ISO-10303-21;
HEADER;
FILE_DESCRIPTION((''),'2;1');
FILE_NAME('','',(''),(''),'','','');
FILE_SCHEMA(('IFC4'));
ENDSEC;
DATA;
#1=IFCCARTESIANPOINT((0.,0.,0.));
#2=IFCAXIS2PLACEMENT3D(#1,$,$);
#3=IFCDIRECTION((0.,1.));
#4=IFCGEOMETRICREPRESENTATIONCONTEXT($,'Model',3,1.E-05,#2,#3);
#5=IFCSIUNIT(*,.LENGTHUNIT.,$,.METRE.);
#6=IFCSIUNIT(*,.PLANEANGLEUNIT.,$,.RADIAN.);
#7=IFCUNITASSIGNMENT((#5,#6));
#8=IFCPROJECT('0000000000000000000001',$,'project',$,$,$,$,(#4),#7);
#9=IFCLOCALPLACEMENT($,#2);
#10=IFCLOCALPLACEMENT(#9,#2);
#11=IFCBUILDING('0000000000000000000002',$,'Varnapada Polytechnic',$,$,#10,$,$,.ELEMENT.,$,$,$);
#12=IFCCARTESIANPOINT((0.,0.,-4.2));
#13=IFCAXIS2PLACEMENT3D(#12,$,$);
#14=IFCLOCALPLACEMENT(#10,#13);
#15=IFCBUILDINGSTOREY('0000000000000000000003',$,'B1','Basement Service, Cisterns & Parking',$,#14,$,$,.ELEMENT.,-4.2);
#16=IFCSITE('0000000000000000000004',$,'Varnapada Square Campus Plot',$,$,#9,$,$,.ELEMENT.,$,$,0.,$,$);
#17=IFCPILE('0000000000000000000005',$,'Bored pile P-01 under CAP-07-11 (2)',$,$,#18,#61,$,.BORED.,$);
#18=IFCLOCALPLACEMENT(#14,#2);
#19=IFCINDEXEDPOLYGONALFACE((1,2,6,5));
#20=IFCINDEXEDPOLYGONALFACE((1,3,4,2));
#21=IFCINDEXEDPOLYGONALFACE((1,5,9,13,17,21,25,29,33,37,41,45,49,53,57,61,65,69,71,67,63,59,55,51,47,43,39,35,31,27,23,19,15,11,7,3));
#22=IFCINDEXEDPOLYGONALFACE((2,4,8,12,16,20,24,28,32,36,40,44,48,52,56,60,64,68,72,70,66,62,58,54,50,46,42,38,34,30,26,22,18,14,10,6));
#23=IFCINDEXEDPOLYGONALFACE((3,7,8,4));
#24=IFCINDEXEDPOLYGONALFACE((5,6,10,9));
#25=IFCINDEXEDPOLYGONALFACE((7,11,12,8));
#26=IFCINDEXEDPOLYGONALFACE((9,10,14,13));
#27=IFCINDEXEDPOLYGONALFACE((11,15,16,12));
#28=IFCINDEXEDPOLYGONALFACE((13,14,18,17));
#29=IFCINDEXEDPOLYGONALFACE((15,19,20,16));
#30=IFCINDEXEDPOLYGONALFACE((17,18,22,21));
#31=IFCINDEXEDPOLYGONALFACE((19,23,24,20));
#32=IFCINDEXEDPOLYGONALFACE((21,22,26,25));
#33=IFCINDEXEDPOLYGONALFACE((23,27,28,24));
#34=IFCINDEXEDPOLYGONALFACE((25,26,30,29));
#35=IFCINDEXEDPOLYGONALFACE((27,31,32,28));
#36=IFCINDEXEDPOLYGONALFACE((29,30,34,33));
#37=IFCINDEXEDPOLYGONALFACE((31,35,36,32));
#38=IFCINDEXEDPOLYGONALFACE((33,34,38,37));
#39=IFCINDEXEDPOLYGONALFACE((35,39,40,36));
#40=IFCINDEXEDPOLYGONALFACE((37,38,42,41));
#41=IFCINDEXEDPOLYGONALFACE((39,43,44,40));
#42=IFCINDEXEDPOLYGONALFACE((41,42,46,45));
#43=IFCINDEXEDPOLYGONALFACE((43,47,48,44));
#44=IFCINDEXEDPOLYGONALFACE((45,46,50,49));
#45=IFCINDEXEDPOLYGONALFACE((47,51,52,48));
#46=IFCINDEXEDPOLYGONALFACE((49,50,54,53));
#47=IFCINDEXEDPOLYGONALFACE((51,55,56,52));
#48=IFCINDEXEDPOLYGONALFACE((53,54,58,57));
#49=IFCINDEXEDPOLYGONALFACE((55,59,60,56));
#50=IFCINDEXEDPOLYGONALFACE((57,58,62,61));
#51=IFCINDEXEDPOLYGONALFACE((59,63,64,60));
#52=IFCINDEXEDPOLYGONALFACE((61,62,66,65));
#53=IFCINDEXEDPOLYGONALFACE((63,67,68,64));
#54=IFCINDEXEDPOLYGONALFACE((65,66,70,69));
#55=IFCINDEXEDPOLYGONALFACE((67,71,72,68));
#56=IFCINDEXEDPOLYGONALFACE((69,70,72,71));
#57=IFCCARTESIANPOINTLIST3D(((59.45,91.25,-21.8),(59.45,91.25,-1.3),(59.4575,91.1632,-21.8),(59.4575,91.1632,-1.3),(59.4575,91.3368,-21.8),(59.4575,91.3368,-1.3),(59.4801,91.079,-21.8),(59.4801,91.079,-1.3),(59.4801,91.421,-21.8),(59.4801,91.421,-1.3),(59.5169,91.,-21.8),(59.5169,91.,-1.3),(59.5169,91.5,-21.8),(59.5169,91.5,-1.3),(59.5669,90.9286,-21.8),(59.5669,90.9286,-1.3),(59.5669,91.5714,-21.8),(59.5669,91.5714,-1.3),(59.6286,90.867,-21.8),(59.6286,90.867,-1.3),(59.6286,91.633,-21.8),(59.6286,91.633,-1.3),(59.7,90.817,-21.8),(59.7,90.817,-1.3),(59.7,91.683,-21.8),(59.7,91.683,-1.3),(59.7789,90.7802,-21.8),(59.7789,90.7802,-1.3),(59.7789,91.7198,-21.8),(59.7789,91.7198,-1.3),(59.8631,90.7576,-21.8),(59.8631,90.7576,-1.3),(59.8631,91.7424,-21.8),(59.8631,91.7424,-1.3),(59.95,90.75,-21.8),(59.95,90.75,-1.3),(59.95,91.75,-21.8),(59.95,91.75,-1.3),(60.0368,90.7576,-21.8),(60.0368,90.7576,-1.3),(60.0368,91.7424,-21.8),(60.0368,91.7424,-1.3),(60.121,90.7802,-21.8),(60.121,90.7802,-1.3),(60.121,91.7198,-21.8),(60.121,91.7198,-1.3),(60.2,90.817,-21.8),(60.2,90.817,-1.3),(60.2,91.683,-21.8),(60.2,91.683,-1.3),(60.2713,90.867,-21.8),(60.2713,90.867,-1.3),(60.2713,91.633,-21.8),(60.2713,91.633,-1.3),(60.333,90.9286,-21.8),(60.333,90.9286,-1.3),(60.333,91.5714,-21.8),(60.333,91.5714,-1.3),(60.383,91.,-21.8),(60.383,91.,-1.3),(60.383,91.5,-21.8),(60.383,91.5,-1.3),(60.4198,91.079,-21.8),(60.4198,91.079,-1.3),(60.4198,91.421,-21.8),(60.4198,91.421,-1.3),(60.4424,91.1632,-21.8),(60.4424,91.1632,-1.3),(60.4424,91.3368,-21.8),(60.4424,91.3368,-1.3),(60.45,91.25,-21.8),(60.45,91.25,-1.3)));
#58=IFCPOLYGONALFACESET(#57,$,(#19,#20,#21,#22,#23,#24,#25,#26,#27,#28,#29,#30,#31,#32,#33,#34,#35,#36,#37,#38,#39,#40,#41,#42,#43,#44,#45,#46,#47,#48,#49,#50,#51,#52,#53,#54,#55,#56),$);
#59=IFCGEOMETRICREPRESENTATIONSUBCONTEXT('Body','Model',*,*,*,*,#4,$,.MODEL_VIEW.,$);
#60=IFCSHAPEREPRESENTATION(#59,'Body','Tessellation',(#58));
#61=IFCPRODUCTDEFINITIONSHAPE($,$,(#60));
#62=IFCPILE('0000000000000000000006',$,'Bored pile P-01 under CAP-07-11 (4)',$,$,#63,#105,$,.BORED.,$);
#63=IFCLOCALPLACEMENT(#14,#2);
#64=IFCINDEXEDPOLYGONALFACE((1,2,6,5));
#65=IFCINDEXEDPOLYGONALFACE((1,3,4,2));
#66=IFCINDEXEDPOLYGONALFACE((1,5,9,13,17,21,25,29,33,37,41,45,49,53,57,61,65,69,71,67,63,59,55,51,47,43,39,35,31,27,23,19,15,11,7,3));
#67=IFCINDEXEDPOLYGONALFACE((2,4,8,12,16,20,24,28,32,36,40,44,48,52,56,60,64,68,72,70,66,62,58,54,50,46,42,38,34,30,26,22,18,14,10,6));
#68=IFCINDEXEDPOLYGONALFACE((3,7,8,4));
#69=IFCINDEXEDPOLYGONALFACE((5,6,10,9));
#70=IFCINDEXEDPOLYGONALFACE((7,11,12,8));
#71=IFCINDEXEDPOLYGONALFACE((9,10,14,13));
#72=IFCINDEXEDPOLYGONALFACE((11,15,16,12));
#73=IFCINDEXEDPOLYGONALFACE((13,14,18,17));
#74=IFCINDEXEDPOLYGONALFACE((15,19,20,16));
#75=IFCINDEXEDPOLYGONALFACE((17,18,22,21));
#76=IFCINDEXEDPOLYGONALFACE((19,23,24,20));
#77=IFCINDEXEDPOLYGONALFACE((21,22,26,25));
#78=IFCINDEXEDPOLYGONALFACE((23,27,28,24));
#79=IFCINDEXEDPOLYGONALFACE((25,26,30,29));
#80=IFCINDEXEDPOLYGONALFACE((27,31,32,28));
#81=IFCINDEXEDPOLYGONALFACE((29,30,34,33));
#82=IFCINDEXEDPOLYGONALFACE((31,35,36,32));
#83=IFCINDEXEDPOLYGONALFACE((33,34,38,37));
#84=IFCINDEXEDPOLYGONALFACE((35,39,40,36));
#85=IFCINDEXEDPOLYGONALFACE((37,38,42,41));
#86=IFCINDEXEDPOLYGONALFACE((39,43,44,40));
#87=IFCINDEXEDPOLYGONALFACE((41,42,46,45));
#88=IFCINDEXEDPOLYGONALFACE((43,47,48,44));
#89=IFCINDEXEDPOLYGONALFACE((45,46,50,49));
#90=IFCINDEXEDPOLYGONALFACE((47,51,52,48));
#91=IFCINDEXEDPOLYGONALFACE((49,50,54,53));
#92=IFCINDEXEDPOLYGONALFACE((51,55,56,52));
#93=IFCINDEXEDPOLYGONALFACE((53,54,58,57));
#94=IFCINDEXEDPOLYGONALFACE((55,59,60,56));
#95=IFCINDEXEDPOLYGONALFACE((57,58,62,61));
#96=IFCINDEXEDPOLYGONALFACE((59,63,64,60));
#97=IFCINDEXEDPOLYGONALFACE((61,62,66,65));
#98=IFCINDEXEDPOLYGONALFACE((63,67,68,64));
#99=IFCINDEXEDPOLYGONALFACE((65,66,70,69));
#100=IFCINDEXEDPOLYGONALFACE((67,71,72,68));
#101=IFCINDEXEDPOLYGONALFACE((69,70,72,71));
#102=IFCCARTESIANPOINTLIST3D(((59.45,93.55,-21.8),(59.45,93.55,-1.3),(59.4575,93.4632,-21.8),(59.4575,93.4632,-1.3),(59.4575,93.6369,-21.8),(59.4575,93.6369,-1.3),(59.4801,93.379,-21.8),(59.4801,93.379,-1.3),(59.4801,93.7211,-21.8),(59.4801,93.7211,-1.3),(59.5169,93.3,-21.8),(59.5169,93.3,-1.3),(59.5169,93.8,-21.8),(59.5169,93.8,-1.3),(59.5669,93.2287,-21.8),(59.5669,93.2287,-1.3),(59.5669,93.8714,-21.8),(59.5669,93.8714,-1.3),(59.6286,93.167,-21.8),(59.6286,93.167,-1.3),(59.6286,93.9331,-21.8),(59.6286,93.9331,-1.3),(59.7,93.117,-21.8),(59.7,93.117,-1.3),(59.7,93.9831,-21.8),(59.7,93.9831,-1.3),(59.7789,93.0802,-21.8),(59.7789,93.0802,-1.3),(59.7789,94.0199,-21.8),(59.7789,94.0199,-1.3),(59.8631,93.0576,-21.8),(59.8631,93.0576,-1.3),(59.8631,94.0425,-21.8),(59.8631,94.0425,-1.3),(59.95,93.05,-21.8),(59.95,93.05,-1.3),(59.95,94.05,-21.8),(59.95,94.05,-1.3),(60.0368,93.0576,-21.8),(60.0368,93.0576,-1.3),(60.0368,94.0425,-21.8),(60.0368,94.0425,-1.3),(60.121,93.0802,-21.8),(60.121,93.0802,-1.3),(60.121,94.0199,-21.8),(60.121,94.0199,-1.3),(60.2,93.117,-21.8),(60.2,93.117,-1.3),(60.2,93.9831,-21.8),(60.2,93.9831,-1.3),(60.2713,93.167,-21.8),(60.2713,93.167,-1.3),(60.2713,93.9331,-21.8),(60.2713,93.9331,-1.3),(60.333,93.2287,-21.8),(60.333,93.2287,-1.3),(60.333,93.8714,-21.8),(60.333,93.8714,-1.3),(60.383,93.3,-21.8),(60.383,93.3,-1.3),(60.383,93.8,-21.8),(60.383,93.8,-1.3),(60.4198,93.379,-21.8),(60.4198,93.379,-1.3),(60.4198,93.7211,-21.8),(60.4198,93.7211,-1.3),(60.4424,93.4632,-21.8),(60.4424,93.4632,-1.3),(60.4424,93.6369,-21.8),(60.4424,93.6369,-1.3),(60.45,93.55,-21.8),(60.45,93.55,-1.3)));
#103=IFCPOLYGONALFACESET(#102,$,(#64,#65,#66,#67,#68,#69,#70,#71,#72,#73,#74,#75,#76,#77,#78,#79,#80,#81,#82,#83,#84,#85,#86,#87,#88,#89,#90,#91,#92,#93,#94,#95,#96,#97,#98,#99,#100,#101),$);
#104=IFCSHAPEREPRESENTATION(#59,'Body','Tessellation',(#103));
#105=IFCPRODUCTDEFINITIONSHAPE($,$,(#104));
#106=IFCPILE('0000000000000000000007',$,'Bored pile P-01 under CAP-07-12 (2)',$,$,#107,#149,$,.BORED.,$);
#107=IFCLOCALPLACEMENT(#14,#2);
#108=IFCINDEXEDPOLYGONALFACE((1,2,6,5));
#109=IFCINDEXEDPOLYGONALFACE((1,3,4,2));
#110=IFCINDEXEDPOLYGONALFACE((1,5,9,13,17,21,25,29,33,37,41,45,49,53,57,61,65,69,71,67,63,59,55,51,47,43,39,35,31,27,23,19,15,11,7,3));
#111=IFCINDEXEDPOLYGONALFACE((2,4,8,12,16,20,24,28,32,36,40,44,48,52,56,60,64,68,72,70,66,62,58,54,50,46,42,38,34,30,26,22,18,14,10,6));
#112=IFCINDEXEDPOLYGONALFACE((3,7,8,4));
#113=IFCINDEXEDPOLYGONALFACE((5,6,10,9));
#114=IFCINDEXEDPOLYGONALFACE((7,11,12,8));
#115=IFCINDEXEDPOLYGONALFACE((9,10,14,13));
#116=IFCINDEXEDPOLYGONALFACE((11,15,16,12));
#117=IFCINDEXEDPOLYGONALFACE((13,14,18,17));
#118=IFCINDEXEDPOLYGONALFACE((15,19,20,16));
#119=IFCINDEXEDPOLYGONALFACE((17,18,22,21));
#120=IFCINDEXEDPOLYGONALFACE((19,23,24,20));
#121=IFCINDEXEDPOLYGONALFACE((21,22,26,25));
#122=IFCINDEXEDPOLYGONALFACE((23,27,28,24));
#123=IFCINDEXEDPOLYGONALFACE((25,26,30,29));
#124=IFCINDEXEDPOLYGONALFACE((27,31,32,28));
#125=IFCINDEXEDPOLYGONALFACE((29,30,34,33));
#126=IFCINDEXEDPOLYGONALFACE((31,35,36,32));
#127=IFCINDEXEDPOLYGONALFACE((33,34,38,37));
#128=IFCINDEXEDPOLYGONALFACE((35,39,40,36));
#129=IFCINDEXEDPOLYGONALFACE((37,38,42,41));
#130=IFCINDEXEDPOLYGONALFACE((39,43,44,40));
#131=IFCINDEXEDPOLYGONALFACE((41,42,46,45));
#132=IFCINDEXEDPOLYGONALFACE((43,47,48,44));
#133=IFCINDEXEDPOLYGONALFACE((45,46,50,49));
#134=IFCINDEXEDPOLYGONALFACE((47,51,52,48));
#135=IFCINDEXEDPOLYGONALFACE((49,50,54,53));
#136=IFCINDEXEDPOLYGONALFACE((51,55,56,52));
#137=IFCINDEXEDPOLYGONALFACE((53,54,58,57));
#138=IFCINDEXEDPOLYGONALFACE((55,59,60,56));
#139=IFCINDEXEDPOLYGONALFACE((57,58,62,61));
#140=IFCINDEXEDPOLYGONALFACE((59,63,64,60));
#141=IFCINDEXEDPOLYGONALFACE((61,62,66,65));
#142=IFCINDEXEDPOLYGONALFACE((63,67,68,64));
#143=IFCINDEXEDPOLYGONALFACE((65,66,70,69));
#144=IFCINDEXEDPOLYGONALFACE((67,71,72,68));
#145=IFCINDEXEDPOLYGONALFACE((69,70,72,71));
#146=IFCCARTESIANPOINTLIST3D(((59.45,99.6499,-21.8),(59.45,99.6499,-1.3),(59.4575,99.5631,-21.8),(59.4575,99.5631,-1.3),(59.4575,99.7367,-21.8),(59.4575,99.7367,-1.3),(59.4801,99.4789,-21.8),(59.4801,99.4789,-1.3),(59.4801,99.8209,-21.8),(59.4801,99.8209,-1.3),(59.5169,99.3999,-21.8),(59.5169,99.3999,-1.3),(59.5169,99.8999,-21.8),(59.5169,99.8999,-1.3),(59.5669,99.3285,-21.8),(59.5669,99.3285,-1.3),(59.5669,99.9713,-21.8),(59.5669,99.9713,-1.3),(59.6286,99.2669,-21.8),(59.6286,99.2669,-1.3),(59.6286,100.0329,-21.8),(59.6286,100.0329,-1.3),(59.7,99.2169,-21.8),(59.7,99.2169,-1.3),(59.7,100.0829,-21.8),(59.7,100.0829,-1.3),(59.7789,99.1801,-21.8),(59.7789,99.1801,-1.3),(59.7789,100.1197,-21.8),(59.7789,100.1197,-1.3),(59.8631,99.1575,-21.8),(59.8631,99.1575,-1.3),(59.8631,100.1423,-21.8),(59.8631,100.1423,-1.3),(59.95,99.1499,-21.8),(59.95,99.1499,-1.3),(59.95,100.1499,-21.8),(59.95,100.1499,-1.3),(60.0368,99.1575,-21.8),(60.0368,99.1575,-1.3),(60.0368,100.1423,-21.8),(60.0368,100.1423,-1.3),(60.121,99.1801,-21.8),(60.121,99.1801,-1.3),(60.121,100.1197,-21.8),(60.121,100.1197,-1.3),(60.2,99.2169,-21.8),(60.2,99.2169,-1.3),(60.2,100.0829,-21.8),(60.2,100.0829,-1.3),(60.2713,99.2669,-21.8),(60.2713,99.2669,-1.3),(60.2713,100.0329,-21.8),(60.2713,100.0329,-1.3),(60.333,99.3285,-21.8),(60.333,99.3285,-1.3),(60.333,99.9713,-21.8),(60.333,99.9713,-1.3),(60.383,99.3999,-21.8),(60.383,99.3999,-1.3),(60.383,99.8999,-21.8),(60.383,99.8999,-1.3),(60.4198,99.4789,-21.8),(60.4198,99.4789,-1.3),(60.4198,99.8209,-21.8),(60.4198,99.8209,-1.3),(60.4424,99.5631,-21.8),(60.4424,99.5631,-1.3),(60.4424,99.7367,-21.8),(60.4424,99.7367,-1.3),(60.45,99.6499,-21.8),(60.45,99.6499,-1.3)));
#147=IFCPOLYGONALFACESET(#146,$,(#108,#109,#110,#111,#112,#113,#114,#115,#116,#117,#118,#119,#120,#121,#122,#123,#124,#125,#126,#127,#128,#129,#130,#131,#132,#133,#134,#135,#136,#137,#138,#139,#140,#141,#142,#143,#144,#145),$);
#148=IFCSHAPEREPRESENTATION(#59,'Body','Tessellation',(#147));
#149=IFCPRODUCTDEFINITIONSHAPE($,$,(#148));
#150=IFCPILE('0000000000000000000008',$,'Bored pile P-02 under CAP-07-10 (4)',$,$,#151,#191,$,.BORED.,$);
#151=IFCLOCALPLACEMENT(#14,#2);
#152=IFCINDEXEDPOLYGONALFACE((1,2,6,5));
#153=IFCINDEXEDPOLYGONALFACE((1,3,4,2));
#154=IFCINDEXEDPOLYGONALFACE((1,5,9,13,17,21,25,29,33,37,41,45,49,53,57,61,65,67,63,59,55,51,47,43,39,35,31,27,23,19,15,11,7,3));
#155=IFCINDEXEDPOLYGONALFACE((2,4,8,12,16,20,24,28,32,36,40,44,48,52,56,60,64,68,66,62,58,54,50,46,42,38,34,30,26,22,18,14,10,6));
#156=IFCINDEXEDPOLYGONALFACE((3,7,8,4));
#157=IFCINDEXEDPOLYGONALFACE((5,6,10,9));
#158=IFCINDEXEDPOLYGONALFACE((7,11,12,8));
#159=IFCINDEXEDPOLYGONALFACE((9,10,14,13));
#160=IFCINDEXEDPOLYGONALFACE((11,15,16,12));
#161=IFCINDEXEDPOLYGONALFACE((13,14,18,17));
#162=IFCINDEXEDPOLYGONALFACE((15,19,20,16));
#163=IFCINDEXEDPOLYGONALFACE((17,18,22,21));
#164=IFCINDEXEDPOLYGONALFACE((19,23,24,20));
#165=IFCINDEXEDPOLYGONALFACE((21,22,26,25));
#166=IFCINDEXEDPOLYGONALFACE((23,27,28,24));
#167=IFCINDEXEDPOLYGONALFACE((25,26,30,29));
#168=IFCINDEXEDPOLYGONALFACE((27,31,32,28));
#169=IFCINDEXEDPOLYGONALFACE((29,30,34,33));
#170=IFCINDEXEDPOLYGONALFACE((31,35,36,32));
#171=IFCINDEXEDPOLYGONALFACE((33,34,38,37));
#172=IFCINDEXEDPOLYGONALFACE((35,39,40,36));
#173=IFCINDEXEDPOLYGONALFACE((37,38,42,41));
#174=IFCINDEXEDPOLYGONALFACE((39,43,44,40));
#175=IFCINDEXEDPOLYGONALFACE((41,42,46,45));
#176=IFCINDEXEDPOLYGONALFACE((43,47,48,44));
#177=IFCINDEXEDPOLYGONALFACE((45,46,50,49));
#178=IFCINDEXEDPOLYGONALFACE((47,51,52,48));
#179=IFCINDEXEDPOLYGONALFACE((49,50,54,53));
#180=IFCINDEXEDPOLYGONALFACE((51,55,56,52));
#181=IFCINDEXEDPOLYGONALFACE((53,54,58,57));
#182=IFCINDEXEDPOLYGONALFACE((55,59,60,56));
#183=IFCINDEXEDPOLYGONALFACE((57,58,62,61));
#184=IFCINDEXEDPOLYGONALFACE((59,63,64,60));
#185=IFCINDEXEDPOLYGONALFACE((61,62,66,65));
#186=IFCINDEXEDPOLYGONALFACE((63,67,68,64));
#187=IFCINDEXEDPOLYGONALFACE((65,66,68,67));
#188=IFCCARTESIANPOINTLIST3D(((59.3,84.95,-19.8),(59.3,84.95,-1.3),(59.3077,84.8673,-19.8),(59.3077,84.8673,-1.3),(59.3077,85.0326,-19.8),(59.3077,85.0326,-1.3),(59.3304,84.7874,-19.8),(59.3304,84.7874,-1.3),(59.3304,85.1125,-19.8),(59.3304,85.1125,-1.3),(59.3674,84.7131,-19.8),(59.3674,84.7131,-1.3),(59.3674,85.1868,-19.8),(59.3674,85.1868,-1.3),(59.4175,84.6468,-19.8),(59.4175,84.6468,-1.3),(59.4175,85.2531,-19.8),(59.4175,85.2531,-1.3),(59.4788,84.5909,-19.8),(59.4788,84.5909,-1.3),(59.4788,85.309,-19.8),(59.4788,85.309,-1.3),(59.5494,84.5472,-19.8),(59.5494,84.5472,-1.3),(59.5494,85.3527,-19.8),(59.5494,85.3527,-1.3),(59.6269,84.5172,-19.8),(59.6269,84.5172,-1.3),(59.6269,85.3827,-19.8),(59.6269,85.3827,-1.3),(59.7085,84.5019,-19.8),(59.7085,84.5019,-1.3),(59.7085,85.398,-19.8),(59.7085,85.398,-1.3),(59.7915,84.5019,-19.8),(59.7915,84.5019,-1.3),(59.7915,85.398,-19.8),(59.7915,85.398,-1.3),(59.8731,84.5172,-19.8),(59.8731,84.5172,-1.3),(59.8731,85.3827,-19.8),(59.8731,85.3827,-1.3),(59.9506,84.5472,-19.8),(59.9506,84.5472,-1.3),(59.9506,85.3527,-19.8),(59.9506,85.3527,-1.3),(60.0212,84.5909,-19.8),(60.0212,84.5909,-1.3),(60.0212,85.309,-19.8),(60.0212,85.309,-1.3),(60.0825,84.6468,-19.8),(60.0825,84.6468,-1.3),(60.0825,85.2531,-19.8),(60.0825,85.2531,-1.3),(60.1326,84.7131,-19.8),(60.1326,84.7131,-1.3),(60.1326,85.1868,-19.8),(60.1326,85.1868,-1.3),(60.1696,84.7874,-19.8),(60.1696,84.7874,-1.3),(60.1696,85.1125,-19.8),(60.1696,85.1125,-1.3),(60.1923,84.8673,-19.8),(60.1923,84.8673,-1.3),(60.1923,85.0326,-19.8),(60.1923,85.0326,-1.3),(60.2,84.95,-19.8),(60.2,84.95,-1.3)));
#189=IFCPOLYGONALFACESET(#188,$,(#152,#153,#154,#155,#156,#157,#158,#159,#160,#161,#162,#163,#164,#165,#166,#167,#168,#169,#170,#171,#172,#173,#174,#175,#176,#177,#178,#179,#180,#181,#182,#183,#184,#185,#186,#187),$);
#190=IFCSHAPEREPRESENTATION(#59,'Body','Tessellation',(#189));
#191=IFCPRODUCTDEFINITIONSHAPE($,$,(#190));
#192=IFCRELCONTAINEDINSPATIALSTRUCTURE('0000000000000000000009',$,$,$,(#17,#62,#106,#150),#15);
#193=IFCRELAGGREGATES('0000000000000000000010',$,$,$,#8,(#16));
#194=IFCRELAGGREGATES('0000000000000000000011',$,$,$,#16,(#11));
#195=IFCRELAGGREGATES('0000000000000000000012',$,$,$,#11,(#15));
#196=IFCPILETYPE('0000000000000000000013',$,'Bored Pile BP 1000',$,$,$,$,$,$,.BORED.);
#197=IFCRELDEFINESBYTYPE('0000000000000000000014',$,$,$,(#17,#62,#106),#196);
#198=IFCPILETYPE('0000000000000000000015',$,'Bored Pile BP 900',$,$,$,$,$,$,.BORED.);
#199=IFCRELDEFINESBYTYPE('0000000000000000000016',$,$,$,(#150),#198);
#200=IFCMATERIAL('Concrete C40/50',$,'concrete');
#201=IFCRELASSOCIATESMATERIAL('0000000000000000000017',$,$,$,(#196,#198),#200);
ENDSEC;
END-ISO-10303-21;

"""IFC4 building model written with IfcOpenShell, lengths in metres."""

from ifc_helpers import new_model, si_unit, direction, frame, origin, origin_2d, place, context, subcontext, project, spatial, circle, extrude, material, material_profile, profile_set, type_object, element, save


model = new_model("IFC4")

# Units and contexts
model_context = context("Model", 3, precision=1e-05, world=origin(), true_north=direction((0.0, 1.0)))
body_context = subcontext(model_context, "Body", "Model", "MODEL_VIEW")
ifc_project = project(units=[si_unit("LENGTHUNIT", "METRE"), si_unit("PLANEANGLEUNIT", "RADIAN")], contexts=[model_context])

# Site, building, storey
site_placement = place(None, origin())
site = spatial("IfcSite", under=ifc_project, at=site_placement, Name="Varnapada Square Campus Plot", CompositionType="ELEMENT", RefElevation=0.0)
building_placement = place(site_placement, origin())
building = spatial("IfcBuilding", under=site, at=building_placement, Name="Varnapada Polytechnic", CompositionType="ELEMENT")
storey_placement = place(building_placement, frame((0.0, 0.0, -4.2)))
storey = spatial("IfcBuildingStorey", under=building, at=storey_placement, Name="B1", Description="Basement Service, Cisterns & Parking", CompositionType="ELEMENT", Elevation=-4.2)

# Piles
ifc_material_1 = material(Name="Concrete C40/50", Category="concrete")
ifc_material_profile_1 = material_profile(ifc_material_1, circle(Radius=0.5, at=origin_2d()), Name="BP 1000")
ifc_profile_set_1 = profile_set([ifc_material_profile_1], Name="Concrete C40/50")
pile_type_1 = type_object("IfcPileType", Name="Bored Pile BP 1000", PredefinedType="BORED", material=ifc_profile_set_1)
for number, where, z_axis, x_axis, name in (
    (1, (59.95, 91.25, -1.3), (0.0, 0.0, -1.0), (1.0, 0.0, 0.0), "Bored pile P-01 under CAP-07-11 (2)"),
    (2, (59.95, 93.55, -1.3), (0.0, 0.0, -1.0), (1.0, 0.0, 0.0), "Bored pile P-01 under CAP-07-11 (4)"),
    (3, (59.95, 99.6499, -1.3), (0.0, 0.0, -1.0), (1.0, 0.0, 0.0), "Bored pile P-01 under CAP-07-12 (2)"),
):
    element("IfcPile", number, at=place(storey_placement, frame(where, z_axis=z_axis, x_axis=x_axis)), inside=storey, type_object=pile_type_1, Name=name, PredefinedType="BORED", context=body_context, shape_type="SweptSolid", body=[
        extrude(circle(Radius=0.5, at=origin_2d()), origin(), (0.0, 0.0, 1.0), 20.5),
    ])
ifc_material_profile_2 = material_profile(ifc_material_1, circle(Radius=0.45, at=origin_2d()), Name="BP 900")
ifc_profile_set_2 = profile_set([ifc_material_profile_2], Name="Concrete C40/50")
pile_type_2 = type_object("IfcPileType", Name="Bored Pile BP 900", PredefinedType="BORED", material=ifc_profile_set_2)
for number, where, z_axis, x_axis, name in (
    (4, (59.75, 84.95, -1.3), (0.0, 0.0, -1.0), (1.0, 0.0, 0.0), "Bored pile P-02 under CAP-07-10 (4)"),
):
    element("IfcPile", number, at=place(storey_placement, frame(where, z_axis=z_axis, x_axis=x_axis)), inside=storey, type_object=pile_type_2, Name=name, PredefinedType="BORED", context=body_context, shape_type="SweptSolid", body=[
        extrude(circle(Radius=0.45, at=origin_2d()), origin(), (0.0, 0.0, 1.0), 18.5),
    ])

save(model, "model.ifc")
